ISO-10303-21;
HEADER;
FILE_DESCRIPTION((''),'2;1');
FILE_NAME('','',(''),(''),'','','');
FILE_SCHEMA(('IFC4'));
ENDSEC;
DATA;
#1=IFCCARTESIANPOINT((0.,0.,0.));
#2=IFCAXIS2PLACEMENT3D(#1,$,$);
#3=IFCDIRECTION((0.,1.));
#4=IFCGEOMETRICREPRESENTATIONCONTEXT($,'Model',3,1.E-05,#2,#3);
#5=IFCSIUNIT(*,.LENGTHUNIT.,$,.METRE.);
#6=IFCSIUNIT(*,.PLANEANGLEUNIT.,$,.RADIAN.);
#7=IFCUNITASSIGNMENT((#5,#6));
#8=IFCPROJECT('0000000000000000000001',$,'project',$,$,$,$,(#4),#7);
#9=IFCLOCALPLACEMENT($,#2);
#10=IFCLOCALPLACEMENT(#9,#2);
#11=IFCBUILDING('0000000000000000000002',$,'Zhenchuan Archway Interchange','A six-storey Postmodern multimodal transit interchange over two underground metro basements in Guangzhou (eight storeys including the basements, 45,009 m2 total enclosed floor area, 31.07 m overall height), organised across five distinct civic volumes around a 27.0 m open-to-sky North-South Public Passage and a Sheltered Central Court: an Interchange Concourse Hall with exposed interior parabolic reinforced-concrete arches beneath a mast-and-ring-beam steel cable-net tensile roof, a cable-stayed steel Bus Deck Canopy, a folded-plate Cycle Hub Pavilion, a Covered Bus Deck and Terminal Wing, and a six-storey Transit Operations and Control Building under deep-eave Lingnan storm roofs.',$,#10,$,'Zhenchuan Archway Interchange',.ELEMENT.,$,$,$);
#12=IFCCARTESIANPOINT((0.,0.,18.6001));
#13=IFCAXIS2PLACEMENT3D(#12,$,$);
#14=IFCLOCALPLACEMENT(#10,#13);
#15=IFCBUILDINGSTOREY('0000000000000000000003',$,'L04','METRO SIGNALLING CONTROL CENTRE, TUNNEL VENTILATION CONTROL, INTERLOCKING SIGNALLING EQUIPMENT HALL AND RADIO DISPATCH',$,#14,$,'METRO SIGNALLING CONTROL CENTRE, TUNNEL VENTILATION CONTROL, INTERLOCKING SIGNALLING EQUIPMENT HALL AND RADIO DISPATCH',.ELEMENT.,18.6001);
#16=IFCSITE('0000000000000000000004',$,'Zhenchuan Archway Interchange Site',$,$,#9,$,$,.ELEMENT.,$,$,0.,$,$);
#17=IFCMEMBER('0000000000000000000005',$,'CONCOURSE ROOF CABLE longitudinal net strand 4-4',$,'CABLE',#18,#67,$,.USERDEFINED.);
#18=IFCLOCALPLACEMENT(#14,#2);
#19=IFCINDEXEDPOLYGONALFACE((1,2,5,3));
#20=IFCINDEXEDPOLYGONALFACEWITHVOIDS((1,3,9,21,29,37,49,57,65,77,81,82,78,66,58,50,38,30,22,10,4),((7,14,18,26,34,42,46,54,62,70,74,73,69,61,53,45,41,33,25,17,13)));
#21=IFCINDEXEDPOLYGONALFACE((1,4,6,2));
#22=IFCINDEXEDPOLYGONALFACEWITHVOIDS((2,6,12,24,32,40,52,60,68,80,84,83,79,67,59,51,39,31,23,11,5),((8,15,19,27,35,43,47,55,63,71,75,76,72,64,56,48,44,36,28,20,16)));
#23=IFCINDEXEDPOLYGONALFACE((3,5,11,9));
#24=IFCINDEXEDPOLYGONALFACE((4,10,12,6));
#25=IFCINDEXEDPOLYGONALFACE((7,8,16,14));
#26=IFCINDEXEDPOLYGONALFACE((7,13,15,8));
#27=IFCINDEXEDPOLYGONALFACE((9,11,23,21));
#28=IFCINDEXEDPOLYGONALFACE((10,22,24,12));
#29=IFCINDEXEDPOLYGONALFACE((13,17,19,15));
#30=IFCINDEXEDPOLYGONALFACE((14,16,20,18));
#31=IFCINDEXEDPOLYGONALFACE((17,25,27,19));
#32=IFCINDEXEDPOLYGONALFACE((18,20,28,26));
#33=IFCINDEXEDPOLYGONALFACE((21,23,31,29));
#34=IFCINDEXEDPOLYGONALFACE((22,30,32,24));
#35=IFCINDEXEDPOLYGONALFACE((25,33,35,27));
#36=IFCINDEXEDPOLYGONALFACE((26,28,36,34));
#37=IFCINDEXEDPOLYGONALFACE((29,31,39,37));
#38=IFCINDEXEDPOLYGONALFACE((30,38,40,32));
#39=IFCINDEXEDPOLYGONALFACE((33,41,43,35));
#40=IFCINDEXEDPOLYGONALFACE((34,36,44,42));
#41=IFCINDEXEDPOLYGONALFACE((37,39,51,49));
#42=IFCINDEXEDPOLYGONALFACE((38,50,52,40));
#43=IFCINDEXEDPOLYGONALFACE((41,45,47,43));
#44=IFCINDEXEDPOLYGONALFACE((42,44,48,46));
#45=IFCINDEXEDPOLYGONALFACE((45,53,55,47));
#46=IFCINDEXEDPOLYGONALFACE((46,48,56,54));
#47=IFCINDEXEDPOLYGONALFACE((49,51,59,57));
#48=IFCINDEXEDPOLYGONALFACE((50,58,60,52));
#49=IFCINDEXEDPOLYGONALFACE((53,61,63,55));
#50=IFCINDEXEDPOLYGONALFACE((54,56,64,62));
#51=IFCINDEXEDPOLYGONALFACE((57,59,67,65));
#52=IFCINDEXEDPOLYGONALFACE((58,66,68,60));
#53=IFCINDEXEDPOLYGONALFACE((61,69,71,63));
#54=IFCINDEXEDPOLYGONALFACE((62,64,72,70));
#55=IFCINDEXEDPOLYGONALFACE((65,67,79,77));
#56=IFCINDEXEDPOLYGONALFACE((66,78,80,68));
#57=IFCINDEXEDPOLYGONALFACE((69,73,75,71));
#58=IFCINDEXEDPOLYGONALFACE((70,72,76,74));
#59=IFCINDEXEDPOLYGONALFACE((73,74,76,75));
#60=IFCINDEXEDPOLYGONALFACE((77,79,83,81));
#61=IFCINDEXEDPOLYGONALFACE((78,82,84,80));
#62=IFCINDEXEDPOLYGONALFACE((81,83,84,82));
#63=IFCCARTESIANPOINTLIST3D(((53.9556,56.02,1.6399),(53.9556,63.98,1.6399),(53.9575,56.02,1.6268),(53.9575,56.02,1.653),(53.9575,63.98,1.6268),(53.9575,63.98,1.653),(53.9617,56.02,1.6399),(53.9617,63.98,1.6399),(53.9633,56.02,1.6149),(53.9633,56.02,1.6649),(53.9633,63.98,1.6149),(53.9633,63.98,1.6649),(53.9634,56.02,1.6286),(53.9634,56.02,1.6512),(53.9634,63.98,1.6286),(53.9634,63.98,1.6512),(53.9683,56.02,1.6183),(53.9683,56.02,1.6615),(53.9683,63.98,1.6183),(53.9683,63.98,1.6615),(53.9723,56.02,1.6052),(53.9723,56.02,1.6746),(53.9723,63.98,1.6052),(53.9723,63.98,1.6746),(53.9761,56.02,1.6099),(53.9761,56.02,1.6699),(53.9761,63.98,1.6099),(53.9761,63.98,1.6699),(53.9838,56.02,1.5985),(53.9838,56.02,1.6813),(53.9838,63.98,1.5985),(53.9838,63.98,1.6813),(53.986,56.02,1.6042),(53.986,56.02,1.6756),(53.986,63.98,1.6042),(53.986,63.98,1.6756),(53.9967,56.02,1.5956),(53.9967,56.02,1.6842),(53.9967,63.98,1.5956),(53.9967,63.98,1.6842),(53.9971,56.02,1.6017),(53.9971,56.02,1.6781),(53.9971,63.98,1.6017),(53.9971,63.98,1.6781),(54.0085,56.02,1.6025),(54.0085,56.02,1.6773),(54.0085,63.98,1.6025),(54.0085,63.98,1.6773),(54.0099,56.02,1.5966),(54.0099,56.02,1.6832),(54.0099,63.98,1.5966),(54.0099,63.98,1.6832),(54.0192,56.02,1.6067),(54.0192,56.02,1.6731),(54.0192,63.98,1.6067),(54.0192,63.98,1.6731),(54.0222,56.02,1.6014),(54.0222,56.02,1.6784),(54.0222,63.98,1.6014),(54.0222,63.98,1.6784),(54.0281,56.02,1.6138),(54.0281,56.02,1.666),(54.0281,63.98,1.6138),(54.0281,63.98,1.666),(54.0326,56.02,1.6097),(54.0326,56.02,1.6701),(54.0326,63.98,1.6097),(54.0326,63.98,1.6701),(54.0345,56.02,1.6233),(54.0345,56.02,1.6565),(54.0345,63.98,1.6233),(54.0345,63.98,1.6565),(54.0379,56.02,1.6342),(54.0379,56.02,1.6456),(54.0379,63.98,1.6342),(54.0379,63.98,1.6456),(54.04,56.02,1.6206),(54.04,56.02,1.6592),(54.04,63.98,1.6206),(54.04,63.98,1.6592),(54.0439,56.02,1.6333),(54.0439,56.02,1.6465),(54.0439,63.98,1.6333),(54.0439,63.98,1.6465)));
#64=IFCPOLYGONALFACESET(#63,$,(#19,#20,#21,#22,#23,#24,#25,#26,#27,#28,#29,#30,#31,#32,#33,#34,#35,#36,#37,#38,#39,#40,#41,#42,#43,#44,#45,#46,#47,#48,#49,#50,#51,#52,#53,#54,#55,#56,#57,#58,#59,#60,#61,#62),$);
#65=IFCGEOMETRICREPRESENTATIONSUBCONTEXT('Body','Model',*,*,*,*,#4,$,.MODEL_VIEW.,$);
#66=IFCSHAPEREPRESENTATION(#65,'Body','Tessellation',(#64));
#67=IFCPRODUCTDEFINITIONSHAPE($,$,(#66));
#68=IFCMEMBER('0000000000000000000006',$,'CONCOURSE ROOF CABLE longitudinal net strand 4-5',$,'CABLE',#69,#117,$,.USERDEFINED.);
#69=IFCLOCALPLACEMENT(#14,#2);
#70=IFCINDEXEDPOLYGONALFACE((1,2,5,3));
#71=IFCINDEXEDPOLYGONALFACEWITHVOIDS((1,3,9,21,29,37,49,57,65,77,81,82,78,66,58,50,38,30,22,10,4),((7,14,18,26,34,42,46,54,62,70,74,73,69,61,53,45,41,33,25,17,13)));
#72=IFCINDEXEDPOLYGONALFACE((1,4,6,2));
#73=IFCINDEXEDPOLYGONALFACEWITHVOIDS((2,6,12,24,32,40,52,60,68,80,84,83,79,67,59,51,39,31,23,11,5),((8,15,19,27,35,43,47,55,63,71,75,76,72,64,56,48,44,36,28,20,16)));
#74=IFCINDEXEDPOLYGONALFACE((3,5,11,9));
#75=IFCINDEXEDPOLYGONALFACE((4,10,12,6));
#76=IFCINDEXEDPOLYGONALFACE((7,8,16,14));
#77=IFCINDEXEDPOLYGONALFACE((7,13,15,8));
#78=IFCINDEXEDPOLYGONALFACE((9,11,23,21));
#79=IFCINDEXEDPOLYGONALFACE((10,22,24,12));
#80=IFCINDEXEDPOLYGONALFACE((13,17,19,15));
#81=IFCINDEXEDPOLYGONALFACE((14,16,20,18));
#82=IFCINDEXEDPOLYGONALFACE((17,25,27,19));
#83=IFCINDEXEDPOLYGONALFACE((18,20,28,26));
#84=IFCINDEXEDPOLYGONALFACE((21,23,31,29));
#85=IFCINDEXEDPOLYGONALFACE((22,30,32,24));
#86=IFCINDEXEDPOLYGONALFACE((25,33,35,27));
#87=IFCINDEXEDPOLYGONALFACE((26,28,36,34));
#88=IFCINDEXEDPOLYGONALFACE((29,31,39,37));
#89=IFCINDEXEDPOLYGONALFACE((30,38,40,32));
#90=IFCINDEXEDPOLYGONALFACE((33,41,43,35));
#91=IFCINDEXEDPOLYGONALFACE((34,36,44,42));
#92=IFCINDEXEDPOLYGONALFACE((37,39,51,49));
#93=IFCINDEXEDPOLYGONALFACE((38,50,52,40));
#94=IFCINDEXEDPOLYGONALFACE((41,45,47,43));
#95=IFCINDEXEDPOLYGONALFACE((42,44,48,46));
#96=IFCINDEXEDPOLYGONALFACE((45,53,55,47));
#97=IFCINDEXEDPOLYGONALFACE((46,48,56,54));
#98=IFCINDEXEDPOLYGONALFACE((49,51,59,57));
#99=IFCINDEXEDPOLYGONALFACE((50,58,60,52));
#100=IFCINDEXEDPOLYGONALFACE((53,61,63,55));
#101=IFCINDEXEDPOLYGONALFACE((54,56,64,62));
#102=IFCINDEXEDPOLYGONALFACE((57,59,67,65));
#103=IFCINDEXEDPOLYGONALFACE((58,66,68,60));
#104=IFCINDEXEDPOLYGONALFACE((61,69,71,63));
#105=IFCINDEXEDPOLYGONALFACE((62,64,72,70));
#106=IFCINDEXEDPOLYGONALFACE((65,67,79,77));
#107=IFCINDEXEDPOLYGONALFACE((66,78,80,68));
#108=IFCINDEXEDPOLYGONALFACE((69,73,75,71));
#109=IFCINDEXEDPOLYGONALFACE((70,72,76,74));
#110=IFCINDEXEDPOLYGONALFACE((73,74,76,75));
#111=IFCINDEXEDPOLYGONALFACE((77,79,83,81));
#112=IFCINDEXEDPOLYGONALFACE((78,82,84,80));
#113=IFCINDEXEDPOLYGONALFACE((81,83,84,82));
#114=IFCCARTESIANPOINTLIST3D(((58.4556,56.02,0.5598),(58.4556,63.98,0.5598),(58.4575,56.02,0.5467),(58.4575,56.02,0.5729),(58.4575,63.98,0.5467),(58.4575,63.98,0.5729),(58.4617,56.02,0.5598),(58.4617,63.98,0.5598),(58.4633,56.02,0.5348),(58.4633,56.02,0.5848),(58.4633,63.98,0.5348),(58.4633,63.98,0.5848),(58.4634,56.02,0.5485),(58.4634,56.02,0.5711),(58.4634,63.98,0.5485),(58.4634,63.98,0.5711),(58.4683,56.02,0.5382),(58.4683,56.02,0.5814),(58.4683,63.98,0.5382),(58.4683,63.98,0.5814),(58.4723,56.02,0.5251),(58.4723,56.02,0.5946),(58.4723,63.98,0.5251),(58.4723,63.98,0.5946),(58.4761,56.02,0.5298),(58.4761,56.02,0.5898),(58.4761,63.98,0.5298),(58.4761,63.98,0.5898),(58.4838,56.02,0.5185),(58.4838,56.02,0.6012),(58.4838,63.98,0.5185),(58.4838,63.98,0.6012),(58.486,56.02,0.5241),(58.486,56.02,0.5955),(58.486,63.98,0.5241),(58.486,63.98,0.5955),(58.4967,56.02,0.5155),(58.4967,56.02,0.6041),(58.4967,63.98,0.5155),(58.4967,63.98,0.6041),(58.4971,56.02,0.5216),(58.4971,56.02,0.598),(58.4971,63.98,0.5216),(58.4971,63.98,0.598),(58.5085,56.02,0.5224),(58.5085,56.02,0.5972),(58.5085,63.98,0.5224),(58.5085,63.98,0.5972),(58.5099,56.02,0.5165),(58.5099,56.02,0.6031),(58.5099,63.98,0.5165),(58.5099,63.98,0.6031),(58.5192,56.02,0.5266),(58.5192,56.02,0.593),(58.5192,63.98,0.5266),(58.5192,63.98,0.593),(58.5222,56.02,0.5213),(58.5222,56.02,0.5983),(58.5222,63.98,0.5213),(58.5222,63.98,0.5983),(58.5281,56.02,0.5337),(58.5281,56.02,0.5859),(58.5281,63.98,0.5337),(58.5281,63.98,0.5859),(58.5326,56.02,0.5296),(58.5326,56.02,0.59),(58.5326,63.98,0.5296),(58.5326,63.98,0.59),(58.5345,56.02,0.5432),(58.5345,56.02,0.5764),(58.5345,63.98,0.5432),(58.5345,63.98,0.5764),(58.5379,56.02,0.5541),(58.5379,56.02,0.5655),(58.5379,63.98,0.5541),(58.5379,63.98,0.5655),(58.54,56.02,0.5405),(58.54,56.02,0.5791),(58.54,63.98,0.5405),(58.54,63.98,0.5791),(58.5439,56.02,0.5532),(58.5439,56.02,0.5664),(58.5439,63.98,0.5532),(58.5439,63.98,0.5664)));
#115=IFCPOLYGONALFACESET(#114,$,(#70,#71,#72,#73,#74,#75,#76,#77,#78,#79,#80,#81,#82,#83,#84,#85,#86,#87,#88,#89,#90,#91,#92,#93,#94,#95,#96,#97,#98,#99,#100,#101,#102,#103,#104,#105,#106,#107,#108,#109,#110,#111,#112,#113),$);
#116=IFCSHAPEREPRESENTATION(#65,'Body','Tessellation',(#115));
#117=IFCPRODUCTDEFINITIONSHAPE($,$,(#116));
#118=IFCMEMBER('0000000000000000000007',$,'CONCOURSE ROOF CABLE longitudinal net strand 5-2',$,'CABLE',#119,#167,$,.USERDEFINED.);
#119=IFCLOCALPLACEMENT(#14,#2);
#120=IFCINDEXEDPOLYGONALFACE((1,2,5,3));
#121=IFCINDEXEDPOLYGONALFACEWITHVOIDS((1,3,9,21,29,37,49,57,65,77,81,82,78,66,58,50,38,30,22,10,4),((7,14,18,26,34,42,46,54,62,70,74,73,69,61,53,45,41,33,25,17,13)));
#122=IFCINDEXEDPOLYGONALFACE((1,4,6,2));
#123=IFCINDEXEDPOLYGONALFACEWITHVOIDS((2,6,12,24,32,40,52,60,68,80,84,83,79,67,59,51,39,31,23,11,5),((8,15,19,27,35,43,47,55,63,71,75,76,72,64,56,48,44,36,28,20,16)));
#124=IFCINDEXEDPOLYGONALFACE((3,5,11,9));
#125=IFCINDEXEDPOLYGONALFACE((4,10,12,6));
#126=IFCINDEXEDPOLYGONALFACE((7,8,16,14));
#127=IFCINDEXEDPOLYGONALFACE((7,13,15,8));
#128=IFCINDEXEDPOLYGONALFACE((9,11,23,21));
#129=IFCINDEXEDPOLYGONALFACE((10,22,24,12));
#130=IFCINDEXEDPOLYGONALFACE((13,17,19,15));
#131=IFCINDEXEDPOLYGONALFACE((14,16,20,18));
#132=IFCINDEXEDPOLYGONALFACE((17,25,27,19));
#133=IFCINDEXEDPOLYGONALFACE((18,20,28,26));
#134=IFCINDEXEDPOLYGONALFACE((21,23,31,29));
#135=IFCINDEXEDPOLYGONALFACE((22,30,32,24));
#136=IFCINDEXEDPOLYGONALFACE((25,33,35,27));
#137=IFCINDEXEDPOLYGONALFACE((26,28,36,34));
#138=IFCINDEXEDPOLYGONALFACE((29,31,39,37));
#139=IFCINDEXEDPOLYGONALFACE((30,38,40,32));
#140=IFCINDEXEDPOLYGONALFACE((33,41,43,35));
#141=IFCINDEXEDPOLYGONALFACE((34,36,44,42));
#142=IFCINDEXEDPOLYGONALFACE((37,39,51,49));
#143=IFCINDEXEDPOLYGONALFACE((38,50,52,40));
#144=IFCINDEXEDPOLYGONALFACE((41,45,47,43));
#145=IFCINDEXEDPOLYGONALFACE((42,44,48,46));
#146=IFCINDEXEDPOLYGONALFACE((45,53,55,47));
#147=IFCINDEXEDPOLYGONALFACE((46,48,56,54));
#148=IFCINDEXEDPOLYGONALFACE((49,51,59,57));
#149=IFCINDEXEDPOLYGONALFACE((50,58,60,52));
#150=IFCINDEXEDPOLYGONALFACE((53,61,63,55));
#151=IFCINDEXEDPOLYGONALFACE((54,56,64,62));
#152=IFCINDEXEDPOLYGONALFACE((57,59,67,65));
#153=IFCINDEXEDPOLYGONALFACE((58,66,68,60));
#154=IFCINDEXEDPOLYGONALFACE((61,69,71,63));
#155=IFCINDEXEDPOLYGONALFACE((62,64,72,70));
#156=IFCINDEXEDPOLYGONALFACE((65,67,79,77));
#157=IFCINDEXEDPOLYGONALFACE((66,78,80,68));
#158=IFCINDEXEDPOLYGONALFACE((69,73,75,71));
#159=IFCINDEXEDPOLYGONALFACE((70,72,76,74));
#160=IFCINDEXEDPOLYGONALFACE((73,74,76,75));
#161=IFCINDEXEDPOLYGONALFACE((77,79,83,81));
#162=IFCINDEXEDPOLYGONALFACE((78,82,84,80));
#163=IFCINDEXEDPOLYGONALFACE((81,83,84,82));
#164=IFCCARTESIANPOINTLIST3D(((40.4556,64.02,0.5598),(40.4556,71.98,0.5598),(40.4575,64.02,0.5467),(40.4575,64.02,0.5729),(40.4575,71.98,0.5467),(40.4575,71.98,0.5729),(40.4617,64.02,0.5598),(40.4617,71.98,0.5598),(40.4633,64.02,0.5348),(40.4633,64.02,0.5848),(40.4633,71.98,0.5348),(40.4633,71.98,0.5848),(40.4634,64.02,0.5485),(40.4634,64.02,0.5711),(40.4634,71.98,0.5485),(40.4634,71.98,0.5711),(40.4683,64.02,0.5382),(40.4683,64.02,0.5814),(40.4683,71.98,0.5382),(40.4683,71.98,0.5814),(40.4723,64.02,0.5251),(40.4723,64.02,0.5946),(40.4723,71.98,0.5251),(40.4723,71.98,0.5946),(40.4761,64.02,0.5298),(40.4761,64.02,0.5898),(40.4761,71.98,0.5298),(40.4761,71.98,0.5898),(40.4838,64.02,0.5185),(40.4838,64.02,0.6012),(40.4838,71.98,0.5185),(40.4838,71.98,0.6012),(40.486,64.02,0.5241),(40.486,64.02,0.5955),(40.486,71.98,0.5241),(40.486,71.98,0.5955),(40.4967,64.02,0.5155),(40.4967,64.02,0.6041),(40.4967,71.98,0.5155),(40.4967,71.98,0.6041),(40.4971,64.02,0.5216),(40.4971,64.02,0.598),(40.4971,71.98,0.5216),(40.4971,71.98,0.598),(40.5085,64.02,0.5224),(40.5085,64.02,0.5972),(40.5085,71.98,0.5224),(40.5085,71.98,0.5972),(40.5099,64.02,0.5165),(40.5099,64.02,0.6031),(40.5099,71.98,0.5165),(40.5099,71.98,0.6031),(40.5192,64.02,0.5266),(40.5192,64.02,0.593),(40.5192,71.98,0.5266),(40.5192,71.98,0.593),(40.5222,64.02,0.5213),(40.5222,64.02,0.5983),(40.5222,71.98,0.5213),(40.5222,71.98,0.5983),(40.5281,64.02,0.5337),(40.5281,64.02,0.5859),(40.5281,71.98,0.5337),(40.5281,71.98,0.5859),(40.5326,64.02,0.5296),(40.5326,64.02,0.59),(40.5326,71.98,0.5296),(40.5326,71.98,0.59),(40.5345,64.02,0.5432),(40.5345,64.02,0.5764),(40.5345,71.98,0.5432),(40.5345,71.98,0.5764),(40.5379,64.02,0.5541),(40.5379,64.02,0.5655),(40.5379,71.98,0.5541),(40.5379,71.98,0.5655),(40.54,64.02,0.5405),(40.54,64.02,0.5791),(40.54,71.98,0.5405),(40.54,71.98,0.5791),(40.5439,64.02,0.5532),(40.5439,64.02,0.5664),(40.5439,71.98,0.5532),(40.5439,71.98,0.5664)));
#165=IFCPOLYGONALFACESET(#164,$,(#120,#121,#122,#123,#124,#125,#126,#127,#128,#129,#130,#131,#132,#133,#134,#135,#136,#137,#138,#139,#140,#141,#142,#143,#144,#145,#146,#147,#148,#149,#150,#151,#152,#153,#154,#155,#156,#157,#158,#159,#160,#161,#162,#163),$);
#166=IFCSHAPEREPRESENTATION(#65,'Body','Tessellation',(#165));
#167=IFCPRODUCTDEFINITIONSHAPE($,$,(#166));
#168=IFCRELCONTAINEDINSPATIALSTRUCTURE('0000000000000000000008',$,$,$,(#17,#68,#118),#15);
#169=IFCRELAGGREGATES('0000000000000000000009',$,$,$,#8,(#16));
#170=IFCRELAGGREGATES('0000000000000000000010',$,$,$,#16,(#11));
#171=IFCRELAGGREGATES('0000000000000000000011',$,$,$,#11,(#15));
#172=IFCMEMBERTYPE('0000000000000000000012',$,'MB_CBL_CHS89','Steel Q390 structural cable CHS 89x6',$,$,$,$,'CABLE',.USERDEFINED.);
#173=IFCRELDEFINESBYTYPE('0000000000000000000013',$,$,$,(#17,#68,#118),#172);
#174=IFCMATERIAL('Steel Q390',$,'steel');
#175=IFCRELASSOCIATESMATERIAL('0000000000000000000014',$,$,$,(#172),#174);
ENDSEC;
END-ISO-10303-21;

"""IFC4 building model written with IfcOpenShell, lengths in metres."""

from ifc_helpers import new_model, si_unit, direction, frame, origin, origin_2d, place, context, subcontext, project, spatial, hollow_circle, extrude, material, material_profile, profile_set, type_object, element, save


model = new_model("IFC4")

# Units and contexts
model_context = context("Model", 3, precision=1e-05, world=origin(), true_north=direction((0.0, 1.0)))
body_context = subcontext(model_context, "Body", "Model", "MODEL_VIEW")
ifc_project = project(units=[si_unit("LENGTHUNIT", "METRE"), si_unit("PLANEANGLEUNIT", "RADIAN")], contexts=[model_context])

# Site, building, storey
site_placement = place(None, origin())
site = spatial("IfcSite", under=ifc_project, at=site_placement, Name="Zhenchuan Archway Interchange Site", CompositionType="ELEMENT", RefElevation=0.0)
building_placement = place(site_placement, origin())
building = spatial("IfcBuilding", under=site, at=building_placement, Name="Zhenchuan Archway Interchange", Description="A six-storey Postmodern multimodal transit interchange over two underground metro basements in Guangzhou (eight storeys including the basements, 45,009 m2 total enclosed floor area, 31.07 m overall height), organised across five distinct civic volumes around a 27.0 m open-to-sky North-South Public Passage and a Sheltered Central Court: an Interchange Concourse Hall with exposed interior parabolic reinforced-concrete arches beneath a mast-and-ring-beam steel cable-net tensile roof, a cable-stayed steel Bus Deck Canopy, a folded-plate Cycle Hub Pavilion, a Covered Bus Deck and Terminal Wing, and a six-storey Transit Operations and Control Building under deep-eave Lingnan storm roofs.", LongName="Zhenchuan Archway Interchange", CompositionType="ELEMENT")
storey_placement = place(building_placement, frame((0.0, 0.0, 18.6001)))
storey = spatial("IfcBuildingStorey", under=building, at=storey_placement, Name="L04", Description="METRO SIGNALLING CONTROL CENTRE, TUNNEL VENTILATION CONTROL, INTERLOCKING SIGNALLING EQUIPMENT HALL AND RADIO DISPATCH", LongName="METRO SIGNALLING CONTROL CENTRE, TUNNEL VENTILATION CONTROL, INTERLOCKING SIGNALLING EQUIPMENT HALL AND RADIO DISPATCH", CompositionType="ELEMENT", Elevation=18.6001)

# Shared definitions
ifc_material_1 = material(Name="Steel Q390", Category="steel")

# Members
ifc_material_profile_1 = material_profile(ifc_material_1, hollow_circle(Radius=0.0444, WallThickness=0.0061, at=origin_2d()), Name="CHS 89x6")
ifc_profile_set_1 = profile_set([ifc_material_profile_1], Name="Steel Q390")
member_type_1 = type_object("IfcMemberType", Name="MB_CBL_CHS89", Description="Steel Q390 structural cable CHS 89x6", ElementType="CABLE", PredefinedType="USERDEFINED", material=ifc_profile_set_1)
for number, where, z_axis, x_axis, name in (
    (1, (54.0, 56.02, 1.6399), (0.0, 1.0, 0.0), (-1.0, 0.0, 0.0), "CONCOURSE ROOF CABLE longitudinal net strand 4-4"),
    (2, (58.5, 56.02, 0.5598), (0.0, 1.0, 0.0), (-1.0, 0.0, 0.0), "CONCOURSE ROOF CABLE longitudinal net strand 4-5"),
    (3, (40.5, 64.02, 0.5598), (0.0, 1.0, 0.0), (-1.0, 0.0, 0.0), "CONCOURSE ROOF CABLE longitudinal net strand 5-2"),
):
    element("IfcMember", number, at=place(storey_placement, frame(where, z_axis=z_axis, x_axis=x_axis)), inside=storey, type_object=member_type_1, Name=name, ObjectType="CABLE", PredefinedType="USERDEFINED", context=body_context, shape_type="SweptSolid", body=[
        extrude(hollow_circle(Radius=0.0444, WallThickness=0.0061, at=origin_2d()), origin(), (0.0, 0.0, 1.0), 7.96),
    ])

save(model, "model.ifc")
